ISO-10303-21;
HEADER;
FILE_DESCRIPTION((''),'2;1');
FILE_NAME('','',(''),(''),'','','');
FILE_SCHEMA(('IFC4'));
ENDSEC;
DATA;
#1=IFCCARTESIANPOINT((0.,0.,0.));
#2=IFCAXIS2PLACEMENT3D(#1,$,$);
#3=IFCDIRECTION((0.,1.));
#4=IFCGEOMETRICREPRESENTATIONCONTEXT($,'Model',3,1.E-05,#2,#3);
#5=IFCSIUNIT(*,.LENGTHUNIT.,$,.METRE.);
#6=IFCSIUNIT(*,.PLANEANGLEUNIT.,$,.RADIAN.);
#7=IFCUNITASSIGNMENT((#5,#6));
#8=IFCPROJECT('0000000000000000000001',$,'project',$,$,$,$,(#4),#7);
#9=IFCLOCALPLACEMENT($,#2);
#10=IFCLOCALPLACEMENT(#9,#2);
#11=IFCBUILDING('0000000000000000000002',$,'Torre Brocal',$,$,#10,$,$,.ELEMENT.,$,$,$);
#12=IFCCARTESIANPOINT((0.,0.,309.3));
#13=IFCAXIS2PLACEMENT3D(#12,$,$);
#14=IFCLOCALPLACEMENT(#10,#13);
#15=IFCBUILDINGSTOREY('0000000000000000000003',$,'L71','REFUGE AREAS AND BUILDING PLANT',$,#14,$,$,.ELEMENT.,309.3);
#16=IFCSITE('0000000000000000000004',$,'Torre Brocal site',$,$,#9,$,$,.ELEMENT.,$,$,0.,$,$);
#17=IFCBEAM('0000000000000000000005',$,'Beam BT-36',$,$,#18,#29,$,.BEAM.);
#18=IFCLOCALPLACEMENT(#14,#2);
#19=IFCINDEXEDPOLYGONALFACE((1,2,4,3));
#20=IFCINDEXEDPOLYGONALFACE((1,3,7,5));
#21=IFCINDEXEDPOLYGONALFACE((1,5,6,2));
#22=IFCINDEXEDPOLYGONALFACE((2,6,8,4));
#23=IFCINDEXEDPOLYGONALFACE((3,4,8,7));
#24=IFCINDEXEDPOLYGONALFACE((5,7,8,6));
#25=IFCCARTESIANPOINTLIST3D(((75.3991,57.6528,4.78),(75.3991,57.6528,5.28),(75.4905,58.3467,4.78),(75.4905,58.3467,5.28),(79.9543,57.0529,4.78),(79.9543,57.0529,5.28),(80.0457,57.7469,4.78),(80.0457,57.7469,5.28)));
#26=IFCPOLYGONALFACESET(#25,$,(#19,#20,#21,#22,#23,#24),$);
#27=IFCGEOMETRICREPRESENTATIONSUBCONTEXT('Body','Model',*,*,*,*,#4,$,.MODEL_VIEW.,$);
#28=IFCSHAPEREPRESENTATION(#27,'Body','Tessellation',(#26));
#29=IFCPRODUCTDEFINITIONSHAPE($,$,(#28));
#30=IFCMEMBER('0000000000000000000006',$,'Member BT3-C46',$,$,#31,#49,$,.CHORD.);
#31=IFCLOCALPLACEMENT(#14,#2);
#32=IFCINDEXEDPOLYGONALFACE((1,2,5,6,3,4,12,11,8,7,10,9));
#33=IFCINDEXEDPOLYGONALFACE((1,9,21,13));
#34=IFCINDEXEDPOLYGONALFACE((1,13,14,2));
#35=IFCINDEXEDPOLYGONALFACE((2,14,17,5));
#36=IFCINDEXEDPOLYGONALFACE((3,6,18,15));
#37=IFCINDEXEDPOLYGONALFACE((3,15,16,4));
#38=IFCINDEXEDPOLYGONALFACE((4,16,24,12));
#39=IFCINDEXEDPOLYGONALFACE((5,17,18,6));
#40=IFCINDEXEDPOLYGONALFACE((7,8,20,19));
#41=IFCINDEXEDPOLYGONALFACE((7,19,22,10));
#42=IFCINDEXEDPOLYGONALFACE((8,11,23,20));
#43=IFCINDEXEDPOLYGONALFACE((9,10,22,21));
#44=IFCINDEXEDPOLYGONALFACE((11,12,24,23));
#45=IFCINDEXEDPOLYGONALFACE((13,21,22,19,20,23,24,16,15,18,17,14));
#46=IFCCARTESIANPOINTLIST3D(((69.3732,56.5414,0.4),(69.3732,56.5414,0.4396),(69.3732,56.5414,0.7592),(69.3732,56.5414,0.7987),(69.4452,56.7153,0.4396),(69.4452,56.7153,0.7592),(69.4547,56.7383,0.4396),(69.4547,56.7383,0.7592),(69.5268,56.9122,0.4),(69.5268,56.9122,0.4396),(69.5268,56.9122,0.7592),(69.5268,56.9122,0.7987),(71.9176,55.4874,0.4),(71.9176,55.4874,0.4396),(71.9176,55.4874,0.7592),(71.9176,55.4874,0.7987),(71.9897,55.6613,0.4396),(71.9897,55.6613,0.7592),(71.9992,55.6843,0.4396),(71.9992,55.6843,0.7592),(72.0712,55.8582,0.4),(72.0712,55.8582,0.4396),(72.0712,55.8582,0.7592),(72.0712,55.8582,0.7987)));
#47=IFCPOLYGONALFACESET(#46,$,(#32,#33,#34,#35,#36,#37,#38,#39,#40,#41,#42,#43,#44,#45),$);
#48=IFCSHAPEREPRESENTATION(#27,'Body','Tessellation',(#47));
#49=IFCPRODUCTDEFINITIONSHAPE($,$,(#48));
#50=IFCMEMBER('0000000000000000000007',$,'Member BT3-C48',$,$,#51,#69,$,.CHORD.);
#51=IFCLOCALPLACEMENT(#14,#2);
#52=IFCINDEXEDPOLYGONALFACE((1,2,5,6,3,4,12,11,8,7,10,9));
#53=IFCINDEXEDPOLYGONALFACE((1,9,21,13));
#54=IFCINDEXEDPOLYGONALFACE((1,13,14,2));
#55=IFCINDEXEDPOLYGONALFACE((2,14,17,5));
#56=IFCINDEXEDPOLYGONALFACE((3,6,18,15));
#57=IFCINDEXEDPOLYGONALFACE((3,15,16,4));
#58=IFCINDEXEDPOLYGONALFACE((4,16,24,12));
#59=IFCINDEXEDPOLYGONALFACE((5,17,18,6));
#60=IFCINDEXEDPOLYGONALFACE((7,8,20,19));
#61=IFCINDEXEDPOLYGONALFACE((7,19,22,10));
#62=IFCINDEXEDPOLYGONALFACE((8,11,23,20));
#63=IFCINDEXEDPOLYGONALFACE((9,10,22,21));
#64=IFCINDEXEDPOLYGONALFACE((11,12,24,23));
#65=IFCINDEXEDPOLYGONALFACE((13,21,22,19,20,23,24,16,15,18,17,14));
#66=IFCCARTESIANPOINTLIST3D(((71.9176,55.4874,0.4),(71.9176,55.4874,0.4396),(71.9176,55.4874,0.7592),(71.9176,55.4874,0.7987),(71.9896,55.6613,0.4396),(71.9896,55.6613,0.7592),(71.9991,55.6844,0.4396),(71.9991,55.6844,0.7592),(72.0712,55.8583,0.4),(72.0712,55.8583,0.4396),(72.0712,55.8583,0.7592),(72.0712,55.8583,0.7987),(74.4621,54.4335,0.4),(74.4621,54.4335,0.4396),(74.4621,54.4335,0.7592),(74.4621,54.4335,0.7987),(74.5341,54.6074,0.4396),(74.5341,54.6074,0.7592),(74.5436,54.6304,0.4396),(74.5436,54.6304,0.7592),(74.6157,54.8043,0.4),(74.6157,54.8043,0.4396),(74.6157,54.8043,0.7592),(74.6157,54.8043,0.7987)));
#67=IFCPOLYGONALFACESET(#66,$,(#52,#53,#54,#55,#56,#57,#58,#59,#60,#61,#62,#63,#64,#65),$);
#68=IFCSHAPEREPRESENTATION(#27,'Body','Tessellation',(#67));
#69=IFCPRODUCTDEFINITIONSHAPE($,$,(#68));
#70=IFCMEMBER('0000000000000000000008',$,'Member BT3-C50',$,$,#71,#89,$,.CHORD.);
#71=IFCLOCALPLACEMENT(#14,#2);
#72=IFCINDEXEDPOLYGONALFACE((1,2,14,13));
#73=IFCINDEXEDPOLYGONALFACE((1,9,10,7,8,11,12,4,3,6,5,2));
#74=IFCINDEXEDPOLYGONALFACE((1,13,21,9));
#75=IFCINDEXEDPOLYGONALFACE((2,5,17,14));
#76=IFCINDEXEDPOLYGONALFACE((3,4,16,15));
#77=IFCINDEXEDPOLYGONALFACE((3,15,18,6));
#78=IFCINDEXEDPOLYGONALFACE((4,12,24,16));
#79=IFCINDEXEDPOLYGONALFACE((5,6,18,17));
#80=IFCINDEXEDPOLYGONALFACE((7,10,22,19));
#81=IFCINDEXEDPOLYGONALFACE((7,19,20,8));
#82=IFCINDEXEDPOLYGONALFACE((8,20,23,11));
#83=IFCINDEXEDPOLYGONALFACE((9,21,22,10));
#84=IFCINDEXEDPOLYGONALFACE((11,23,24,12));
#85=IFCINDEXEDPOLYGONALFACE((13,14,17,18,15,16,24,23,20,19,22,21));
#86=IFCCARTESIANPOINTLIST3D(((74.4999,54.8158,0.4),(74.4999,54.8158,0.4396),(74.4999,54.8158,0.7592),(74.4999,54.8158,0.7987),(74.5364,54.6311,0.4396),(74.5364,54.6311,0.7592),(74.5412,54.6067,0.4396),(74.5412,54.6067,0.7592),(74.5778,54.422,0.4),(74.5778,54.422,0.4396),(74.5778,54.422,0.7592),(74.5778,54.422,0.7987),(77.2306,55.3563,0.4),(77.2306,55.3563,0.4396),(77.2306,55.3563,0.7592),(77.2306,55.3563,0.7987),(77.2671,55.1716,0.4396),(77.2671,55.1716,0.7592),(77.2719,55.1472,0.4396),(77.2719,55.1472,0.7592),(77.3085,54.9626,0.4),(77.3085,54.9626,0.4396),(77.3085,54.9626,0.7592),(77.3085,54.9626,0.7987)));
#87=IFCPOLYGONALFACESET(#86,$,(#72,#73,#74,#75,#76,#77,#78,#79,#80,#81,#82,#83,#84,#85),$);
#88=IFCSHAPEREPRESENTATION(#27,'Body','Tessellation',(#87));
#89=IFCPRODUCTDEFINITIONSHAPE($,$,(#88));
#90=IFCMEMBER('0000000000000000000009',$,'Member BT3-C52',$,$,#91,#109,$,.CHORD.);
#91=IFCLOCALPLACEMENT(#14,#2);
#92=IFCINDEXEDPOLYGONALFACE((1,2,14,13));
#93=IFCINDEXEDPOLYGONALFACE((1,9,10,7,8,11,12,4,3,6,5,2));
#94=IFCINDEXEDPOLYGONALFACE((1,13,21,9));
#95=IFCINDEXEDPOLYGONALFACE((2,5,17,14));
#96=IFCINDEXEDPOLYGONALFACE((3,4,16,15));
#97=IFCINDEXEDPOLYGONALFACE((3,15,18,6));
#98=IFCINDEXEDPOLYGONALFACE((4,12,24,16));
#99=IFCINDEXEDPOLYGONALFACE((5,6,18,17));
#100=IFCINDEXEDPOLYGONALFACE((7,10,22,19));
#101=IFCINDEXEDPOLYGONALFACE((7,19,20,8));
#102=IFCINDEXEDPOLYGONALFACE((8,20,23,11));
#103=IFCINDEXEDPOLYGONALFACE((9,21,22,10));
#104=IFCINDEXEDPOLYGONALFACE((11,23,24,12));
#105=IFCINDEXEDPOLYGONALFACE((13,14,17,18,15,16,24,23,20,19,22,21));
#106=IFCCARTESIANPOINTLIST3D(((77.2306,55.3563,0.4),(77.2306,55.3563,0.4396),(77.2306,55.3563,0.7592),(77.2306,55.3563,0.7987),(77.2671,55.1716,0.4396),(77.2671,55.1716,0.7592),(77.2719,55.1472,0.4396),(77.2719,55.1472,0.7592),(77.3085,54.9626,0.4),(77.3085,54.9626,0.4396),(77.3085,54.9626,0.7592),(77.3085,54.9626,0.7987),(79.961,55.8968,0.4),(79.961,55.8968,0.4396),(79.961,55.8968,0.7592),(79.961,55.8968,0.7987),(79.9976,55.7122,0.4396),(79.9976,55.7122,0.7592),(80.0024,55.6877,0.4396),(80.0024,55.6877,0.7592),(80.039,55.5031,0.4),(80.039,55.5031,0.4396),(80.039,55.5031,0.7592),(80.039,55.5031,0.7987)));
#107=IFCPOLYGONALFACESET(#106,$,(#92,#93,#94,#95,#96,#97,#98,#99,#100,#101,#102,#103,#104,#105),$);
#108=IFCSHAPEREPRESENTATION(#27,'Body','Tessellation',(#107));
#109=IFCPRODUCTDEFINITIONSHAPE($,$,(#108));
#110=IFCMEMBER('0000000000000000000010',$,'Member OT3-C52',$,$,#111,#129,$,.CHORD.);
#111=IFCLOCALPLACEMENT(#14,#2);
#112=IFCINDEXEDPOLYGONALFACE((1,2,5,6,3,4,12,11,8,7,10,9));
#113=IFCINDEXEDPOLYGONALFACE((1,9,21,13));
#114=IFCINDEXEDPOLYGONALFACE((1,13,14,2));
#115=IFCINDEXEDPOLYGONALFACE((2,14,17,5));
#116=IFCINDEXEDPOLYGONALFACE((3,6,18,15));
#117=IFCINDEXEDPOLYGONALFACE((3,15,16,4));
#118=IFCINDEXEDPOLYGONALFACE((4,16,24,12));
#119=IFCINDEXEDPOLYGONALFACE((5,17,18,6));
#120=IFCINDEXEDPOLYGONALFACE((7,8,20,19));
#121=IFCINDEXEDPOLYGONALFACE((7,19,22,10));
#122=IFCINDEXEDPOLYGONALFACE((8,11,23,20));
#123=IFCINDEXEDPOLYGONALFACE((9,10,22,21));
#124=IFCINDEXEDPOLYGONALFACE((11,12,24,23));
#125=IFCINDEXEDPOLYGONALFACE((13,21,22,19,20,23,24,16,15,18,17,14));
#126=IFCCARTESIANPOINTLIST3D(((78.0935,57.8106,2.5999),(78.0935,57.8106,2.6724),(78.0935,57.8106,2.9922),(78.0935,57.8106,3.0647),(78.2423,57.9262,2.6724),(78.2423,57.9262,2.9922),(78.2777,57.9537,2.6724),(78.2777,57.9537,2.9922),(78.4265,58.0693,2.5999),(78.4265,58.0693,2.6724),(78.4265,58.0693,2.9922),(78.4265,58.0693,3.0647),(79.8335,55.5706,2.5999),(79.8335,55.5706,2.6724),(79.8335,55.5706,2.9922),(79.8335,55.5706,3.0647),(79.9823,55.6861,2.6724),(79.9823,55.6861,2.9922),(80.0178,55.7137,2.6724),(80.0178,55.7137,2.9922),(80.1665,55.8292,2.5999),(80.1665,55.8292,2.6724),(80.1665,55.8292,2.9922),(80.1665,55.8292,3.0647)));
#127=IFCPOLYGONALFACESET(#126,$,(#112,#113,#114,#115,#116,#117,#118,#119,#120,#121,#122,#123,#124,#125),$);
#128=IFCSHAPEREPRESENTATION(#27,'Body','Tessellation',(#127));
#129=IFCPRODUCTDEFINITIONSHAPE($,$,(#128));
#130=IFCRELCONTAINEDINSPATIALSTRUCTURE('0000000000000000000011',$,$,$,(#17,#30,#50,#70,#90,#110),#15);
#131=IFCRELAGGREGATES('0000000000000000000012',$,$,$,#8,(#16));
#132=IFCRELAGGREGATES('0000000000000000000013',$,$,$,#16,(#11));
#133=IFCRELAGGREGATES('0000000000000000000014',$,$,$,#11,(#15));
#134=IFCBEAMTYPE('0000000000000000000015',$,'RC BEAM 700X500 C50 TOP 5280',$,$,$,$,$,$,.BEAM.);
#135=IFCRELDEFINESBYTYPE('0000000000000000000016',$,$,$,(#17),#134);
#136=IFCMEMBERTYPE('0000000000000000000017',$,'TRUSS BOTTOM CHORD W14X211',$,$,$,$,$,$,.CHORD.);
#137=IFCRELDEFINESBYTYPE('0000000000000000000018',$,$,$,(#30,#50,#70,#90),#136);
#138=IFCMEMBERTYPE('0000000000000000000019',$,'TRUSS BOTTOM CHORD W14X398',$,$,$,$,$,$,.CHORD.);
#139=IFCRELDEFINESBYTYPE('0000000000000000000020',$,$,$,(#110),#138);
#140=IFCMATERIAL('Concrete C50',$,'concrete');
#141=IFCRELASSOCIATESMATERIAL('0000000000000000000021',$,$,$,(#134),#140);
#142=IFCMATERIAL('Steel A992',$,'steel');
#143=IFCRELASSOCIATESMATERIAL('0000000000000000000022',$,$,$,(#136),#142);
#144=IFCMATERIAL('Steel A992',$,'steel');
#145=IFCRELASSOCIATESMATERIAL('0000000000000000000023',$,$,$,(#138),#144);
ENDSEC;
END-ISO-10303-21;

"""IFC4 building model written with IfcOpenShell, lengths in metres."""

from ifc_helpers import new_model, si_unit, direction, frame, origin, origin_2d, place, context, subcontext, project, spatial, rectangle, i_section, extrude, material, material_profile, profile_set, type_object, element, save


model = new_model("IFC4")

# Units and contexts
model_context = context("Model", 3, precision=1e-05, world=origin(), true_north=direction((0.0, 1.0)))
body_context = subcontext(model_context, "Body", "Model", "MODEL_VIEW")
ifc_project = project(units=[si_unit("LENGTHUNIT", "METRE"), si_unit("PLANEANGLEUNIT", "RADIAN")], contexts=[model_context])

# Site, building, storey
site_placement = place(None, origin())
site = spatial("IfcSite", under=ifc_project, at=site_placement, Name="Torre Brocal site", CompositionType="ELEMENT", RefElevation=0.0)
building_placement = place(site_placement, origin())
building = spatial("IfcBuilding", under=site, at=building_placement, Name="Torre Brocal", CompositionType="ELEMENT")
storey_placement = place(building_placement, frame((0.0, 0.0, 309.3)))
storey = spatial("IfcBuildingStorey", under=building, at=storey_placement, Name="L71", Description="REFUGE AREAS AND BUILDING PLANT", CompositionType="ELEMENT", Elevation=309.3)

# Beam
ifc_material_1 = material(Name="Concrete C50", Category="concrete")
ifc_material_profile_1 = material_profile(ifc_material_1, rectangle(XDim=0.7, YDim=0.5, at=origin_2d()), Name="RC 700X500")
ifc_profile_set_1 = profile_set([ifc_material_profile_1], Name="Concrete C50")
beam_type_1 = type_object("IfcBeamType", Name="RC BEAM 700X500 C50 TOP 5280", PredefinedType="BEAM", material=ifc_profile_set_1)
beam_1_placement = place(storey_placement, frame((75.4448, 57.9998, 5.03), z_axis=(0.991441, -0.130559, 0.0), x_axis=(0.130559, 0.991441, 0.0)))
element("IfcBeam", 1, at=beam_1_placement, inside=storey, type_object=beam_type_1, Name="Beam BT-36", PredefinedType="BEAM", context=body_context, shape_type="SweptSolid", body=[
    extrude(rectangle(XDim=0.7, YDim=0.5, at=origin_2d()), origin(), (0.0, 0.0, 1.0), 4.5945),
])

# Members
ifc_material_2 = material(Name="Steel A992", Category="steel")
ifc_material_profile_2 = material_profile(ifc_material_2, i_section(OverallWidth=0.4014, OverallDepth=0.3987, WebThickness=0.0249, FlangeThickness=0.0396, at=origin_2d()), Name="W14X211")
ifc_profile_set_2 = profile_set([ifc_material_profile_2], Name="Steel A992")
member_type_1 = type_object("IfcMemberType", Name="TRUSS BOTTOM CHORD W14X211", PredefinedType="CHORD", material=ifc_profile_set_2)
for number, where, z_axis, x_axis, name in (
    (2, (69.45, 56.7268, 0.5994), (0.923877, -0.382688, 0.0), (0.382688, 0.923877, 0.0), "Member BT3-C46"),
    (3, (71.9944, 55.6729, 0.5994), (0.923877, -0.382688, 0.0), (0.382688, 0.923877, 0.0), "Member BT3-C48"),
):
    element("IfcMember", number, at=place(storey_placement, frame(where, z_axis=z_axis, x_axis=x_axis)), inside=storey, type_object=member_type_1, Name=name, PredefinedType="CHORD", context=body_context, shape_type="SweptSolid", body=[
        extrude(i_section(OverallWidth=0.4014, OverallDepth=0.3987, WebThickness=0.0249, FlangeThickness=0.0396, at=origin_2d()), origin(), (0.0, 0.0, 1.0), 2.7542),
    ])
member_1_placement = place(storey_placement, frame((74.5388, 54.6189, 0.5994), z_axis=(0.980967, 0.194176, 0.0), x_axis=(-0.194176, 0.980967, 0.0)))
element("IfcMember", 4, at=member_1_placement, inside=storey, type_object=member_type_1, Name="Member BT3-C50", PredefinedType="CHORD", context=body_context, shape_type="SweptSolid", body=[
    extrude(i_section(OverallWidth=0.4014, OverallDepth=0.3987, WebThickness=0.0249, FlangeThickness=0.0396, at=origin_2d()), origin(), (0.0, 0.0, 1.0), 2.7837),
])
member_2_placement = place(storey_placement, frame((77.2695, 55.1594, 0.5994), z_axis=(0.980963, 0.194193, 0.0), x_axis=(-0.194193, 0.980963, 0.0)))
element("IfcMember", 5, at=member_2_placement, inside=storey, type_object=member_type_1, Name="Member BT3-C52", PredefinedType="CHORD", context=body_context, shape_type="SweptSolid", body=[
    extrude(i_section(OverallWidth=0.4014, OverallDepth=0.3987, WebThickness=0.0249, FlangeThickness=0.0396, at=origin_2d()), origin(), (0.0, 0.0, 1.0), 2.7834),
])
ifc_material_3 = material(Name="Steel A992", Category="steel")
ifc_material_profile_3 = material_profile(ifc_material_3, i_section(OverallWidth=0.4216, OverallDepth=0.4648, WebThickness=0.0449, FlangeThickness=0.0725, at=origin_2d()), Name="W14X398")
ifc_profile_set_3 = profile_set([ifc_material_profile_3], Name="Steel A992")
member_type_2 = type_object("IfcMemberType", Name="TRUSS BOTTOM CHORD W14X398", PredefinedType="CHORD", material=ifc_profile_set_3)
member_3_placement = place(storey_placement, frame((78.26, 57.9399, 2.8323), z_axis=(0.613452, -0.789732, 0.0), x_axis=(0.789732, 0.613452, 0.0)))
element("IfcMember", 6, at=member_3_placement, inside=storey, type_object=member_type_2, Name="Member OT3-C52", PredefinedType="CHORD", context=body_context, shape_type="SweptSolid", body=[
    extrude(i_section(OverallWidth=0.4216, OverallDepth=0.4648, WebThickness=0.0449, FlangeThickness=0.0725, at=origin_2d()), origin(), (0.0, 0.0, 1.0), 2.8364),
])

save(model, "model.ifc")
